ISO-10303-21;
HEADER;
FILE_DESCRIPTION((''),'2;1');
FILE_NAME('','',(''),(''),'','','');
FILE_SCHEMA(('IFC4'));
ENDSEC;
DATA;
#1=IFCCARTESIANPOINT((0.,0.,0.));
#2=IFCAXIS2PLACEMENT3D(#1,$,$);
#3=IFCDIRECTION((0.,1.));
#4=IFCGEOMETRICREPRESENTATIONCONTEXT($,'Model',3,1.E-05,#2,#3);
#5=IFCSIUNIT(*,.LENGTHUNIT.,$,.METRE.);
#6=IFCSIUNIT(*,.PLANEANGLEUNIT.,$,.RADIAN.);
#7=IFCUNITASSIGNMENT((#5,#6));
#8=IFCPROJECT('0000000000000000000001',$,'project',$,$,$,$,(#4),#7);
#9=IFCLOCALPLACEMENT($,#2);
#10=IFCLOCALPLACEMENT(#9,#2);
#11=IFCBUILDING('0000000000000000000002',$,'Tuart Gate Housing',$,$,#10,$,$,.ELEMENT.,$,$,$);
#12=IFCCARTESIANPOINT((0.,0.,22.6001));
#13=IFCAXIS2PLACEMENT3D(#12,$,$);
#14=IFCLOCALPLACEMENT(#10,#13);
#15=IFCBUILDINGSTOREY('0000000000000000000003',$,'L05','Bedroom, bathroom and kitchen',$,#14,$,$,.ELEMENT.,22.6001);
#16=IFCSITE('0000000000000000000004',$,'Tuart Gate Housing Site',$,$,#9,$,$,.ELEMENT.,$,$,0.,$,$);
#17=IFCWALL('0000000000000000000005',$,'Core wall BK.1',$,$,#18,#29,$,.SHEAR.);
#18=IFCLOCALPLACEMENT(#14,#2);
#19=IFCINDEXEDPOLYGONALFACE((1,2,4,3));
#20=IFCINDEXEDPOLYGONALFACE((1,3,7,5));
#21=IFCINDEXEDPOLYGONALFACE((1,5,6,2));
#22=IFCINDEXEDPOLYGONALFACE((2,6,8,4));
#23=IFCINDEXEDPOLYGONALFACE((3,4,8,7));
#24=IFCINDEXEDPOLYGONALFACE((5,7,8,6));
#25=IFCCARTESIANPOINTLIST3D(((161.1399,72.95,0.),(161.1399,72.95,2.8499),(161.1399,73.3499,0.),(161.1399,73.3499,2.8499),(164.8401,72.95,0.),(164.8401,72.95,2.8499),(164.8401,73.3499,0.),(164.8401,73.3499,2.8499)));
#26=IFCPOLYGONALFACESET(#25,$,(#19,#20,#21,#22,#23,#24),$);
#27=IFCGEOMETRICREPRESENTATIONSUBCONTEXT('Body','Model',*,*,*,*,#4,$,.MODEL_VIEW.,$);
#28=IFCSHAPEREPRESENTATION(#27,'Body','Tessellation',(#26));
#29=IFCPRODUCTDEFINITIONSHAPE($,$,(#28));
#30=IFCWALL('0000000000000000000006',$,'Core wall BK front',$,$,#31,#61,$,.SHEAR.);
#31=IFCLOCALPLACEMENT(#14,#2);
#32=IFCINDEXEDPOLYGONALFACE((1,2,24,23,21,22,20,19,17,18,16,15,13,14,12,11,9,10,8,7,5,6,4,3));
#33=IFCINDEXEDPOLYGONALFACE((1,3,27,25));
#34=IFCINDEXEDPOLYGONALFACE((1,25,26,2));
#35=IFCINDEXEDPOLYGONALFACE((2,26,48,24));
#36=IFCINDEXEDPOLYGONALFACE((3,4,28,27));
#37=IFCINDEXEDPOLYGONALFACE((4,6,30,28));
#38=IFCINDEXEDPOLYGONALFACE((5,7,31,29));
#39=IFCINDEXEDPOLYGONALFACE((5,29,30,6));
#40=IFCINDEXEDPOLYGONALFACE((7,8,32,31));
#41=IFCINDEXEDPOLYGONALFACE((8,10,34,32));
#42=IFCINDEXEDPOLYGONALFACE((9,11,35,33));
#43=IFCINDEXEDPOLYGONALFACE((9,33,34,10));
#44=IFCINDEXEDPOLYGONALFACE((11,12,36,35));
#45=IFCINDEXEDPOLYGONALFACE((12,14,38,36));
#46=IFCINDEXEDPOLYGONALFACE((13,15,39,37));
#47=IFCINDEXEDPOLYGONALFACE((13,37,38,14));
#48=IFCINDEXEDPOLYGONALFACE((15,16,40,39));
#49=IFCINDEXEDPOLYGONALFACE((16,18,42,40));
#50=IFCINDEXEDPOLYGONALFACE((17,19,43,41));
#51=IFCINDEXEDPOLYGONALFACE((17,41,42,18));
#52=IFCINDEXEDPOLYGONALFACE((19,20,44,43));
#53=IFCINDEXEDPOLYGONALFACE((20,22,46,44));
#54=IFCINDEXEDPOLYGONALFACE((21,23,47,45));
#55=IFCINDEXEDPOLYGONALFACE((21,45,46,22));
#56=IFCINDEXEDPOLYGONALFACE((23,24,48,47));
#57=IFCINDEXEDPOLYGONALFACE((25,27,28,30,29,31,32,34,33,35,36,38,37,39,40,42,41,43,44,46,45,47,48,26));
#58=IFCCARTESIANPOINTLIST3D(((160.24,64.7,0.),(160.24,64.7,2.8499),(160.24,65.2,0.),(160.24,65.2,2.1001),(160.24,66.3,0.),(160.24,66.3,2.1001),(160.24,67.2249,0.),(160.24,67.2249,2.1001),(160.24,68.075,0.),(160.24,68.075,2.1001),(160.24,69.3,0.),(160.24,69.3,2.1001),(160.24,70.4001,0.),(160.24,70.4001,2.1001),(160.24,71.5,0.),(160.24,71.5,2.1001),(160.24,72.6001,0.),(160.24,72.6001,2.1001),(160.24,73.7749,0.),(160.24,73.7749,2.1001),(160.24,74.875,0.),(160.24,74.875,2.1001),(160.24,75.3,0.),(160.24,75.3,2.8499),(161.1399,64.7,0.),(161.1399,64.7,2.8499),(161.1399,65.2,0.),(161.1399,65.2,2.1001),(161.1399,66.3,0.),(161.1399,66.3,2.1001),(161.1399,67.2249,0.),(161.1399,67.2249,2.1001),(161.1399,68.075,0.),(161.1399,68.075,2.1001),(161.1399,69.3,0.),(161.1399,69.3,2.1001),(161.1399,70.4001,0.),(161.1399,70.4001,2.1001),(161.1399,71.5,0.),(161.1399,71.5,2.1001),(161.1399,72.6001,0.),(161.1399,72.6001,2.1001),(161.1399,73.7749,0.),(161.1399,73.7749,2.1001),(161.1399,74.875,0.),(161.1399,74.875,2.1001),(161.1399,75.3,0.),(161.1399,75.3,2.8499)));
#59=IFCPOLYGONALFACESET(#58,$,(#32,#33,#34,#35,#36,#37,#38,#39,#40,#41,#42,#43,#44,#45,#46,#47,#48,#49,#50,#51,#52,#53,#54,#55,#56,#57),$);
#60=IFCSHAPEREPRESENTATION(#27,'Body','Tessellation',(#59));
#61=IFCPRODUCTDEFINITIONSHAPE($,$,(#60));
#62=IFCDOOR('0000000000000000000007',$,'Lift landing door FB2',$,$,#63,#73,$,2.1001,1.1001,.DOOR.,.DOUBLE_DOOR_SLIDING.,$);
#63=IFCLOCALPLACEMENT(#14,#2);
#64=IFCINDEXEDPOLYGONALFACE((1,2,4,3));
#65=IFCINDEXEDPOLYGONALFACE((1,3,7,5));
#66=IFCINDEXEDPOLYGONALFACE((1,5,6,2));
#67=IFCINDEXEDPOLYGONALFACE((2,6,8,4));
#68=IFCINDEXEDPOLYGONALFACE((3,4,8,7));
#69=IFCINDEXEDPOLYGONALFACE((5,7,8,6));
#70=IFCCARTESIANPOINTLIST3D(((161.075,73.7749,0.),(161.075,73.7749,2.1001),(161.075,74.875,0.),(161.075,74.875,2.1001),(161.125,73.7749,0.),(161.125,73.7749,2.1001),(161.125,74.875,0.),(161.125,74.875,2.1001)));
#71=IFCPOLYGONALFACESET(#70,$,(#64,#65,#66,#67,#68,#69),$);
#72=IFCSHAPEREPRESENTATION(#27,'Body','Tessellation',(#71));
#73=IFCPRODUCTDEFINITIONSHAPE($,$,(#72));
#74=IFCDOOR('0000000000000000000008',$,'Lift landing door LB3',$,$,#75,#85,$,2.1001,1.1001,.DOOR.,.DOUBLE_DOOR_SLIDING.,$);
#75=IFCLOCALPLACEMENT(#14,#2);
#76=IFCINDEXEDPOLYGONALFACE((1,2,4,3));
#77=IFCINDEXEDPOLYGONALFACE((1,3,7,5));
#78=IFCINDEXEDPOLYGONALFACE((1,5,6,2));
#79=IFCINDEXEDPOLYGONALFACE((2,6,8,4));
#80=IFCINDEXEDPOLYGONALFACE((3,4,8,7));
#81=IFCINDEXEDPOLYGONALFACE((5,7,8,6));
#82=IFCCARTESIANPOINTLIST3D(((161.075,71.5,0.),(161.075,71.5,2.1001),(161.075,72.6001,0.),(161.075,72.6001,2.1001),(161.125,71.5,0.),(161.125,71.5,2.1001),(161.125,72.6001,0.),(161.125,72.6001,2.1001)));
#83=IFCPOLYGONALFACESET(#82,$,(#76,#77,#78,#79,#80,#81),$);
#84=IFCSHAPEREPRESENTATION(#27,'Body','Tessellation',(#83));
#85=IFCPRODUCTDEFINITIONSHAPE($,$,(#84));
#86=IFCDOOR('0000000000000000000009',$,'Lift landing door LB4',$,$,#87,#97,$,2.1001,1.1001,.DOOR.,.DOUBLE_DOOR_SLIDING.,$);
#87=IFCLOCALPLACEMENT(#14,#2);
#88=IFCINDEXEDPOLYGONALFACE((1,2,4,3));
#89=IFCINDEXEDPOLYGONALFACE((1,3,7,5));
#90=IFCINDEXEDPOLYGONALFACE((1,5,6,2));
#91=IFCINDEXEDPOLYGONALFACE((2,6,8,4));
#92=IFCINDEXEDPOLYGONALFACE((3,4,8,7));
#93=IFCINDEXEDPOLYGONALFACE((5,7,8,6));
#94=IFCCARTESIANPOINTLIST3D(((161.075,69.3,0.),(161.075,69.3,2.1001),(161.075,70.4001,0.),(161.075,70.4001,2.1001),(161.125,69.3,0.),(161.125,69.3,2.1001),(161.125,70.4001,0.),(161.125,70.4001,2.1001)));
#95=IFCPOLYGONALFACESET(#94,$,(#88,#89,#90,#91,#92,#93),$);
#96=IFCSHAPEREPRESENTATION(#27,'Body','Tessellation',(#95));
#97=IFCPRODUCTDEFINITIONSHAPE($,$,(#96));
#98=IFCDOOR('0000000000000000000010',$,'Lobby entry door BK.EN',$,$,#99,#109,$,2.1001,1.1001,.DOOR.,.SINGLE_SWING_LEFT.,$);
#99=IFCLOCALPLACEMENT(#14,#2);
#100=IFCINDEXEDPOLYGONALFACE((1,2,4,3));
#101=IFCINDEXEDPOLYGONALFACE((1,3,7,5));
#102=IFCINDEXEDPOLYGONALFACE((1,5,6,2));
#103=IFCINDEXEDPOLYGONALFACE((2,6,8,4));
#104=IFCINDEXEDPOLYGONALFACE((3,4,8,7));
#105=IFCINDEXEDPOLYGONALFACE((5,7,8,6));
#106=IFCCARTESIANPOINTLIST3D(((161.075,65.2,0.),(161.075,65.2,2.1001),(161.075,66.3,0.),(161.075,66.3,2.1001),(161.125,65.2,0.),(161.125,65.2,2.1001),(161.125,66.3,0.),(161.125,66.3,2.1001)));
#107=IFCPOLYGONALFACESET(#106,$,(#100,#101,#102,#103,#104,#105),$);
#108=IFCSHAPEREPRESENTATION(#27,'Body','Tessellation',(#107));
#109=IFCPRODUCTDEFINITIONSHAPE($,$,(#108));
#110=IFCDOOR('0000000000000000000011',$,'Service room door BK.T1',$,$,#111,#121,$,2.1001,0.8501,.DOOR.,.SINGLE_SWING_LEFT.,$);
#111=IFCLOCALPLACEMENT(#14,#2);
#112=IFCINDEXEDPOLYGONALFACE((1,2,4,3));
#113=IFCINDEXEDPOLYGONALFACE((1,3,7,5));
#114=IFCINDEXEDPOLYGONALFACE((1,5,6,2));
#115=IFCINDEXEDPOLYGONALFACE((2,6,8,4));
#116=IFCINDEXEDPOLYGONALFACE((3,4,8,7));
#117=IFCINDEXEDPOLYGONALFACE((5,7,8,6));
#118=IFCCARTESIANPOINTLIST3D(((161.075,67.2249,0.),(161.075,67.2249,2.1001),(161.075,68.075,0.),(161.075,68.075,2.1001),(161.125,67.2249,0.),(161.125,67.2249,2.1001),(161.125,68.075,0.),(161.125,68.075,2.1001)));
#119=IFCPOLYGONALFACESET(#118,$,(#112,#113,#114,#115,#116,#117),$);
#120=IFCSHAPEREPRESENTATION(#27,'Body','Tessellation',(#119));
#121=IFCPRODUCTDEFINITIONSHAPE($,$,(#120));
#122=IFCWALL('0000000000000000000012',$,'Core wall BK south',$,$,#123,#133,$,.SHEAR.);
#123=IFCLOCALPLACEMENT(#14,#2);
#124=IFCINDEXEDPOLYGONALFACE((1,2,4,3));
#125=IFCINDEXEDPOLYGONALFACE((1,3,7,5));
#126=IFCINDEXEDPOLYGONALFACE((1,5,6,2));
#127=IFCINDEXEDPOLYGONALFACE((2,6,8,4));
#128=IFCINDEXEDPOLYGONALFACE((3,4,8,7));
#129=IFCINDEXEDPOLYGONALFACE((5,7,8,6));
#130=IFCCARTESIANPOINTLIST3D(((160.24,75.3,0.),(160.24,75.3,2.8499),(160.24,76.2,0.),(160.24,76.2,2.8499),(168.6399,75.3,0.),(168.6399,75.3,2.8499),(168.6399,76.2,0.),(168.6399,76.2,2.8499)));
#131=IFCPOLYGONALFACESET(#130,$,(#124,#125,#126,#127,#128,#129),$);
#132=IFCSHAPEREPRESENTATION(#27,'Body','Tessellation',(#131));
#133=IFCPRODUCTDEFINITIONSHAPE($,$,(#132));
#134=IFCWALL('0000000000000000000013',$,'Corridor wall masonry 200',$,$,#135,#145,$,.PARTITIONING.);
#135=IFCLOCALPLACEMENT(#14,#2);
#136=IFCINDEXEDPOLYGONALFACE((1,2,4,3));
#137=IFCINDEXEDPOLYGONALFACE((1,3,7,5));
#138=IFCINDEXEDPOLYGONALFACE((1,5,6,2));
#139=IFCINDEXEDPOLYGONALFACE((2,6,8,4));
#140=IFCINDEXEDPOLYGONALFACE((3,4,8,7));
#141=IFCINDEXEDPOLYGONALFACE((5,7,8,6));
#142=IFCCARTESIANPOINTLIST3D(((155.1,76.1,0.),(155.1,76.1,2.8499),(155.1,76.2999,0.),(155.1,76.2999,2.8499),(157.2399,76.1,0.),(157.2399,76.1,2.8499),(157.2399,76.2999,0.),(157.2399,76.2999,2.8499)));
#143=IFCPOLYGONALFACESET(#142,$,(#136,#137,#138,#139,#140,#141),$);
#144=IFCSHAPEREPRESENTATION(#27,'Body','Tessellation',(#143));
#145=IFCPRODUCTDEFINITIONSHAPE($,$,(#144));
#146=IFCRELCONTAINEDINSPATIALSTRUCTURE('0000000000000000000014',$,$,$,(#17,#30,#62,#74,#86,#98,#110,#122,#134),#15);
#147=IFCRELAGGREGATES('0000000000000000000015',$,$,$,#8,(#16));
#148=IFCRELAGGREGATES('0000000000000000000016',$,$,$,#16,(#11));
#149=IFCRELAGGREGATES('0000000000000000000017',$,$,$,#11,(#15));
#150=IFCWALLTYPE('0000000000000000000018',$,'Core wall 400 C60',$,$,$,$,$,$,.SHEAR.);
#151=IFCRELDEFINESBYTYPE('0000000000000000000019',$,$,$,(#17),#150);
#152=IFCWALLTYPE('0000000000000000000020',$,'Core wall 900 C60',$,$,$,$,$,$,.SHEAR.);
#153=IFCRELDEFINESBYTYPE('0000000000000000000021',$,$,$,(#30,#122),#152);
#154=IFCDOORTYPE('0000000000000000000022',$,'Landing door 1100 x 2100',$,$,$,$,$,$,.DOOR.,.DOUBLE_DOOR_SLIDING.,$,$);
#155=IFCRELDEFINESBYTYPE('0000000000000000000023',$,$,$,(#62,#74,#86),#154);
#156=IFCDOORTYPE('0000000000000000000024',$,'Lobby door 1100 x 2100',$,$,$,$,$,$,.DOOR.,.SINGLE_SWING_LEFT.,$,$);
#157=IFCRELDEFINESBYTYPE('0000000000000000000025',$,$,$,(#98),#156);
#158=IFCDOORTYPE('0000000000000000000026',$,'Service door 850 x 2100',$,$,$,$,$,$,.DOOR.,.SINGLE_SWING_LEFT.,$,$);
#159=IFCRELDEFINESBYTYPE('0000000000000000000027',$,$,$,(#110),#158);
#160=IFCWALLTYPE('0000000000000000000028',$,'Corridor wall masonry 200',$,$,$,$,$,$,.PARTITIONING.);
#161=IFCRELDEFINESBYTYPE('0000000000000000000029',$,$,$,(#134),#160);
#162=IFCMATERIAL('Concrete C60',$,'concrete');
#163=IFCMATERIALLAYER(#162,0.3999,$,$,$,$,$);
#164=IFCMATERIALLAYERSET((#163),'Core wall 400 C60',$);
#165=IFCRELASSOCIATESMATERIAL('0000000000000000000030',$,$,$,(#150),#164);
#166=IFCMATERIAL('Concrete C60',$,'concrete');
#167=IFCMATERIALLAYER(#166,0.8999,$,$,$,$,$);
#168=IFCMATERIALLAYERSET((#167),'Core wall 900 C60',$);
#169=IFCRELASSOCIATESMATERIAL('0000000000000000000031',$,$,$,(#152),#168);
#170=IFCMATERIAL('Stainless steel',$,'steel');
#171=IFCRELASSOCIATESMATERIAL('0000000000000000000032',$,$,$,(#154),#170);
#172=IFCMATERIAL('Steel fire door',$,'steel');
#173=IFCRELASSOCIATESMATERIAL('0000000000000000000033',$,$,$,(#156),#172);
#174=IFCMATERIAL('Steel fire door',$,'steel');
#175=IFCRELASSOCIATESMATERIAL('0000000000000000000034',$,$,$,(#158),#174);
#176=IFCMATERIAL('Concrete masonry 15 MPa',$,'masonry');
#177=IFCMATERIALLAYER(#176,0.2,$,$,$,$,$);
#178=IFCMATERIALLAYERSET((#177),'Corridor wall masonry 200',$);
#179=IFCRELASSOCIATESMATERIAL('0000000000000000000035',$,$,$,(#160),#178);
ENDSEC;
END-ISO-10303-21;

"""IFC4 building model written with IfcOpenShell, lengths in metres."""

from ifc_helpers import new_model, si_unit, direction, frame, frame_2d, origin, place, context, subcontext, project, spatial, rectangle, extrude, material, layer, layer_set, type_object, element, fill, save


model = new_model("IFC4")

# Units and contexts
model_context = context("Model", 3, precision=1e-05, world=origin(), true_north=direction((0.0, 1.0)))
body_context = subcontext(model_context, "Body", "Model", "MODEL_VIEW")
ifc_project = project(units=[si_unit("LENGTHUNIT", "METRE"), si_unit("PLANEANGLEUNIT", "RADIAN")], contexts=[model_context])

# Site, building, storey
site_placement = place(None, origin())
site = spatial("IfcSite", under=ifc_project, at=site_placement, Name="Tuart Gate Housing Site", CompositionType="ELEMENT", RefElevation=0.0)
building_placement = place(site_placement, origin())
building = spatial("IfcBuilding", under=site, at=building_placement, Name="Tuart Gate Housing", CompositionType="ELEMENT")
storey_placement = place(building_placement, frame((0.0, 0.0, 22.6001)))
storey = spatial("IfcBuildingStorey", under=building, at=storey_placement, Name="L05", Description="Bedroom, bathroom and kitchen", CompositionType="ELEMENT", Elevation=22.6001)

# Wall
ifc_material_1 = material(Name="Concrete C60", Category="concrete")
ifc_layer_1 = layer(ifc_material_1, 0.3999)
ifc_layer_set_1 = layer_set([ifc_layer_1], Name="Core wall 400 C60")
wall_type_1 = type_object("IfcWallType", Name="Core wall 400 C60", PredefinedType="SHEAR", material=ifc_layer_set_1)
wall_1_placement = place(storey_placement, frame((161.1399, 73.1499, 0.0), z_axis=(0.0, 0.0, 1.0), x_axis=(1.0, 0.0, 0.0)))
element("IfcWall", 1, at=wall_1_placement, inside=storey, type_object=wall_type_1, Name="Core wall BK.1", PredefinedType="SHEAR", context=body_context, shape_type="SweptSolid", body=[
    extrude(rectangle(XDim=3.7002, YDim=0.3999, at=frame_2d((1.8501, 0.0))), origin(), (0.0, 0.0, 1.0), 2.8499),
])

# Wall, openings, doors
ifc_material_2 = material(Name="Concrete C60", Category="concrete")
ifc_layer_2 = layer(ifc_material_2, 0.8999)
ifc_layer_set_2 = layer_set([ifc_layer_2], Name="Core wall 900 C60")
wall_type_2 = type_object("IfcWallType", Name="Core wall 900 C60", PredefinedType="SHEAR", material=ifc_layer_set_2)
wall_2_placement = place(storey_placement, frame((160.6899, 75.3, 0.0), z_axis=(0.0, 0.0, 1.0), x_axis=(0.0, -1.0, 0.0)))
wall_2 = element("IfcWall", 2, at=wall_2_placement, inside=storey, type_object=wall_type_2, Name="Core wall BK front", PredefinedType="SHEAR", context=body_context, shape_type="SweptSolid", body=[
    extrude(rectangle(XDim=10.6001, YDim=0.8999, at=frame_2d((5.3, 0.0))), origin(), (0.0, 0.0, 1.0), 2.8499),
])
opening_1_placement = place(wall_2_placement, frame((0.425, 0.0, 0.0)))
opening_1 = element("IfcOpeningElement", 3, at=opening_1_placement, cuts=wall_2, PredefinedType="OPENING", context=body_context, shape_type="SweptSolid", body=[
    extrude(rectangle(XDim=1.1001, YDim=2.1001, at=frame_2d((0.55, 1.05))), frame((0.0, 0.46, 0.0), z_axis=(0.0, -1.0, 0.0), x_axis=(1.0, 0.0, 0.0)), (0.0, 0.0, 1.0), 0.9199),
])
opening_2_placement = place(wall_2_placement, frame((2.7, 0.0, 0.0)))
opening_2 = element("IfcOpeningElement", 4, at=opening_2_placement, cuts=wall_2, PredefinedType="OPENING", context=body_context, shape_type="SweptSolid", body=[
    extrude(rectangle(XDim=1.1001, YDim=2.1001, at=frame_2d((0.55, 1.05))), frame((0.0, 0.46, 0.0), z_axis=(0.0, -1.0, 0.0), x_axis=(1.0, 0.0, 0.0)), (0.0, 0.0, 1.0), 0.9199),
])
opening_3_placement = place(wall_2_placement, frame((4.8999, 0.0, 0.0)))
opening_3 = element("IfcOpeningElement", 5, at=opening_3_placement, cuts=wall_2, PredefinedType="OPENING", context=body_context, shape_type="SweptSolid", body=[
    extrude(rectangle(XDim=1.1001, YDim=2.1001, at=frame_2d((0.55, 1.05))), frame((0.0, 0.46, 0.0), z_axis=(0.0, -1.0, 0.0), x_axis=(1.0, 0.0, 0.0)), (0.0, 0.0, 1.0), 0.9199),
])
opening_4_placement = place(wall_2_placement, frame((9.0, 0.0, 0.0)))
opening_4 = element("IfcOpeningElement", 6, at=opening_4_placement, cuts=wall_2, PredefinedType="OPENING", context=body_context, shape_type="SweptSolid", body=[
    extrude(rectangle(XDim=1.1001, YDim=2.1001, at=frame_2d((0.55, 1.05))), frame((0.0, 0.46, 0.0), z_axis=(0.0, -1.0, 0.0), x_axis=(1.0, 0.0, 0.0)), (0.0, 0.0, 1.0), 0.9199),
])
opening_5_placement = place(wall_2_placement, frame((7.2251, 0.0, 0.0)))
opening_5 = element("IfcOpeningElement", 7, at=opening_5_placement, cuts=wall_2, PredefinedType="OPENING", context=body_context, shape_type="SweptSolid", body=[
    extrude(rectangle(XDim=0.8501, YDim=2.1001, at=frame_2d((0.425, 1.05))), frame((0.0, 0.46, 0.0), z_axis=(0.0, -1.0, 0.0), x_axis=(1.0, 0.0, 0.0)), (0.0, 0.0, 1.0), 0.9199),
])
ifc_material_3 = material(Name="Stainless steel", Category="steel")
door_type_1 = type_object("IfcDoorType", Name="Landing door 1100 x 2100", OperationType="DOUBLE_DOOR_SLIDING", PredefinedType="DOOR", material=ifc_material_3)
door_1_placement = place(opening_1_placement, origin())
door_1 = element("IfcDoor", 8, at=door_1_placement, inside=storey, type_object=door_type_1, Name="Lift landing door FB2", OperationType="DOUBLE_DOOR_SLIDING", OverallHeight=2.1001, OverallWidth=1.1001, PredefinedType="DOOR", context=body_context, shape_type="SweptSolid", body=[
    extrude(rectangle(XDim=1.1001, YDim=2.1001, at=frame_2d((0.55, 1.05))), frame((0.0, 0.4351, 0.0), z_axis=(0.0, -1.0, 0.0), x_axis=(1.0, 0.0, 0.0)), (0.0, 0.0, 1.0), 0.05),
])
fill(opening_1, door_1)
door_2_placement = place(opening_2_placement, origin())
door_2 = element("IfcDoor", 9, at=door_2_placement, inside=storey, type_object=door_type_1, Name="Lift landing door LB3", OperationType="DOUBLE_DOOR_SLIDING", OverallHeight=2.1001, OverallWidth=1.1001, PredefinedType="DOOR", context=body_context, shape_type="SweptSolid", body=[
    extrude(rectangle(XDim=1.1001, YDim=2.1001, at=frame_2d((0.55, 1.05))), frame((0.0, 0.4351, 0.0), z_axis=(0.0, -1.0, 0.0), x_axis=(1.0, 0.0, 0.0)), (0.0, 0.0, 1.0), 0.05),
])
fill(opening_2, door_2)
door_3_placement = place(opening_3_placement, origin())
door_3 = element("IfcDoor", 10, at=door_3_placement, inside=storey, type_object=door_type_1, Name="Lift landing door LB4", OperationType="DOUBLE_DOOR_SLIDING", OverallHeight=2.1001, OverallWidth=1.1001, PredefinedType="DOOR", context=body_context, shape_type="SweptSolid", body=[
    extrude(rectangle(XDim=1.1001, YDim=2.1001, at=frame_2d((0.55, 1.05))), frame((0.0, 0.4351, 0.0), z_axis=(0.0, -1.0, 0.0), x_axis=(1.0, 0.0, 0.0)), (0.0, 0.0, 1.0), 0.05),
])
fill(opening_3, door_3)
ifc_material_4 = material(Name="Steel fire door", Category="steel")
door_type_2 = type_object("IfcDoorType", Name="Lobby door 1100 x 2100", OperationType="SINGLE_SWING_LEFT", PredefinedType="DOOR", material=ifc_material_4)
door_4_placement = place(opening_4_placement, origin())
door_4 = element("IfcDoor", 11, at=door_4_placement, inside=storey, type_object=door_type_2, Name="Lobby entry door BK.EN", OperationType="SINGLE_SWING_LEFT", OverallHeight=2.1001, OverallWidth=1.1001, PredefinedType="DOOR", context=body_context, shape_type="SweptSolid", body=[
    extrude(rectangle(XDim=1.1001, YDim=2.1001, at=frame_2d((0.55, 1.05))), frame((0.0, 0.4351, 0.0), z_axis=(0.0, -1.0, 0.0), x_axis=(1.0, 0.0, 0.0)), (0.0, 0.0, 1.0), 0.05),
])
fill(opening_4, door_4)
ifc_material_5 = material(Name="Steel fire door", Category="steel")
door_type_3 = type_object("IfcDoorType", Name="Service door 850 x 2100", OperationType="SINGLE_SWING_LEFT", PredefinedType="DOOR", material=ifc_material_5)
door_5_placement = place(opening_5_placement, origin())
door_5 = element("IfcDoor", 12, at=door_5_placement, inside=storey, type_object=door_type_3, Name="Service room door BK.T1", OperationType="SINGLE_SWING_LEFT", OverallHeight=2.1001, OverallWidth=0.8501, PredefinedType="DOOR", context=body_context, shape_type="SweptSolid", body=[
    extrude(rectangle(XDim=0.8501, YDim=2.1001, at=frame_2d((0.425, 1.05))), frame((0.0, 0.4351, 0.0), z_axis=(0.0, -1.0, 0.0), x_axis=(1.0, 0.0, 0.0)), (0.0, 0.0, 1.0), 0.05),
])
fill(opening_5, door_5)

# Walls
wall_3_placement = place(storey_placement, frame((160.24, 75.75, 0.0), z_axis=(0.0, 0.0, 1.0), x_axis=(1.0, 0.0, 0.0)))
element("IfcWall", 13, at=wall_3_placement, inside=storey, type_object=wall_type_2, Name="Core wall BK south", PredefinedType="SHEAR", context=body_context, shape_type="SweptSolid", body=[
    extrude(rectangle(XDim=8.3999, YDim=0.8999, at=frame_2d((4.2, 0.0))), origin(), (0.0, 0.0, 1.0), 2.8499),
])
ifc_material_6 = material(Name="Concrete masonry 15 MPa", Category="masonry")
ifc_layer_3 = layer(ifc_material_6, 0.2)
ifc_layer_set_3 = layer_set([ifc_layer_3], Name="Corridor wall masonry 200")
wall_type_3 = type_object("IfcWallType", Name="Corridor wall masonry 200", PredefinedType="PARTITIONING", material=ifc_layer_set_3)
wall_4_placement = place(storey_placement, frame((155.1001, 76.2, 0.0), z_axis=(0.0, 0.0, 1.0), x_axis=(1.0, 0.0, 0.0)))
element("IfcWall", 14, at=wall_4_placement, inside=storey, type_object=wall_type_3, Name="Corridor wall masonry 200", PredefinedType="PARTITIONING", context=body_context, shape_type="SweptSolid", body=[
    extrude(rectangle(XDim=2.1399, YDim=0.2, at=frame_2d((1.0698, 0.0))), origin(), (0.0, 0.0, 1.0), 2.8499),
])

save(model, "model.ifc")
